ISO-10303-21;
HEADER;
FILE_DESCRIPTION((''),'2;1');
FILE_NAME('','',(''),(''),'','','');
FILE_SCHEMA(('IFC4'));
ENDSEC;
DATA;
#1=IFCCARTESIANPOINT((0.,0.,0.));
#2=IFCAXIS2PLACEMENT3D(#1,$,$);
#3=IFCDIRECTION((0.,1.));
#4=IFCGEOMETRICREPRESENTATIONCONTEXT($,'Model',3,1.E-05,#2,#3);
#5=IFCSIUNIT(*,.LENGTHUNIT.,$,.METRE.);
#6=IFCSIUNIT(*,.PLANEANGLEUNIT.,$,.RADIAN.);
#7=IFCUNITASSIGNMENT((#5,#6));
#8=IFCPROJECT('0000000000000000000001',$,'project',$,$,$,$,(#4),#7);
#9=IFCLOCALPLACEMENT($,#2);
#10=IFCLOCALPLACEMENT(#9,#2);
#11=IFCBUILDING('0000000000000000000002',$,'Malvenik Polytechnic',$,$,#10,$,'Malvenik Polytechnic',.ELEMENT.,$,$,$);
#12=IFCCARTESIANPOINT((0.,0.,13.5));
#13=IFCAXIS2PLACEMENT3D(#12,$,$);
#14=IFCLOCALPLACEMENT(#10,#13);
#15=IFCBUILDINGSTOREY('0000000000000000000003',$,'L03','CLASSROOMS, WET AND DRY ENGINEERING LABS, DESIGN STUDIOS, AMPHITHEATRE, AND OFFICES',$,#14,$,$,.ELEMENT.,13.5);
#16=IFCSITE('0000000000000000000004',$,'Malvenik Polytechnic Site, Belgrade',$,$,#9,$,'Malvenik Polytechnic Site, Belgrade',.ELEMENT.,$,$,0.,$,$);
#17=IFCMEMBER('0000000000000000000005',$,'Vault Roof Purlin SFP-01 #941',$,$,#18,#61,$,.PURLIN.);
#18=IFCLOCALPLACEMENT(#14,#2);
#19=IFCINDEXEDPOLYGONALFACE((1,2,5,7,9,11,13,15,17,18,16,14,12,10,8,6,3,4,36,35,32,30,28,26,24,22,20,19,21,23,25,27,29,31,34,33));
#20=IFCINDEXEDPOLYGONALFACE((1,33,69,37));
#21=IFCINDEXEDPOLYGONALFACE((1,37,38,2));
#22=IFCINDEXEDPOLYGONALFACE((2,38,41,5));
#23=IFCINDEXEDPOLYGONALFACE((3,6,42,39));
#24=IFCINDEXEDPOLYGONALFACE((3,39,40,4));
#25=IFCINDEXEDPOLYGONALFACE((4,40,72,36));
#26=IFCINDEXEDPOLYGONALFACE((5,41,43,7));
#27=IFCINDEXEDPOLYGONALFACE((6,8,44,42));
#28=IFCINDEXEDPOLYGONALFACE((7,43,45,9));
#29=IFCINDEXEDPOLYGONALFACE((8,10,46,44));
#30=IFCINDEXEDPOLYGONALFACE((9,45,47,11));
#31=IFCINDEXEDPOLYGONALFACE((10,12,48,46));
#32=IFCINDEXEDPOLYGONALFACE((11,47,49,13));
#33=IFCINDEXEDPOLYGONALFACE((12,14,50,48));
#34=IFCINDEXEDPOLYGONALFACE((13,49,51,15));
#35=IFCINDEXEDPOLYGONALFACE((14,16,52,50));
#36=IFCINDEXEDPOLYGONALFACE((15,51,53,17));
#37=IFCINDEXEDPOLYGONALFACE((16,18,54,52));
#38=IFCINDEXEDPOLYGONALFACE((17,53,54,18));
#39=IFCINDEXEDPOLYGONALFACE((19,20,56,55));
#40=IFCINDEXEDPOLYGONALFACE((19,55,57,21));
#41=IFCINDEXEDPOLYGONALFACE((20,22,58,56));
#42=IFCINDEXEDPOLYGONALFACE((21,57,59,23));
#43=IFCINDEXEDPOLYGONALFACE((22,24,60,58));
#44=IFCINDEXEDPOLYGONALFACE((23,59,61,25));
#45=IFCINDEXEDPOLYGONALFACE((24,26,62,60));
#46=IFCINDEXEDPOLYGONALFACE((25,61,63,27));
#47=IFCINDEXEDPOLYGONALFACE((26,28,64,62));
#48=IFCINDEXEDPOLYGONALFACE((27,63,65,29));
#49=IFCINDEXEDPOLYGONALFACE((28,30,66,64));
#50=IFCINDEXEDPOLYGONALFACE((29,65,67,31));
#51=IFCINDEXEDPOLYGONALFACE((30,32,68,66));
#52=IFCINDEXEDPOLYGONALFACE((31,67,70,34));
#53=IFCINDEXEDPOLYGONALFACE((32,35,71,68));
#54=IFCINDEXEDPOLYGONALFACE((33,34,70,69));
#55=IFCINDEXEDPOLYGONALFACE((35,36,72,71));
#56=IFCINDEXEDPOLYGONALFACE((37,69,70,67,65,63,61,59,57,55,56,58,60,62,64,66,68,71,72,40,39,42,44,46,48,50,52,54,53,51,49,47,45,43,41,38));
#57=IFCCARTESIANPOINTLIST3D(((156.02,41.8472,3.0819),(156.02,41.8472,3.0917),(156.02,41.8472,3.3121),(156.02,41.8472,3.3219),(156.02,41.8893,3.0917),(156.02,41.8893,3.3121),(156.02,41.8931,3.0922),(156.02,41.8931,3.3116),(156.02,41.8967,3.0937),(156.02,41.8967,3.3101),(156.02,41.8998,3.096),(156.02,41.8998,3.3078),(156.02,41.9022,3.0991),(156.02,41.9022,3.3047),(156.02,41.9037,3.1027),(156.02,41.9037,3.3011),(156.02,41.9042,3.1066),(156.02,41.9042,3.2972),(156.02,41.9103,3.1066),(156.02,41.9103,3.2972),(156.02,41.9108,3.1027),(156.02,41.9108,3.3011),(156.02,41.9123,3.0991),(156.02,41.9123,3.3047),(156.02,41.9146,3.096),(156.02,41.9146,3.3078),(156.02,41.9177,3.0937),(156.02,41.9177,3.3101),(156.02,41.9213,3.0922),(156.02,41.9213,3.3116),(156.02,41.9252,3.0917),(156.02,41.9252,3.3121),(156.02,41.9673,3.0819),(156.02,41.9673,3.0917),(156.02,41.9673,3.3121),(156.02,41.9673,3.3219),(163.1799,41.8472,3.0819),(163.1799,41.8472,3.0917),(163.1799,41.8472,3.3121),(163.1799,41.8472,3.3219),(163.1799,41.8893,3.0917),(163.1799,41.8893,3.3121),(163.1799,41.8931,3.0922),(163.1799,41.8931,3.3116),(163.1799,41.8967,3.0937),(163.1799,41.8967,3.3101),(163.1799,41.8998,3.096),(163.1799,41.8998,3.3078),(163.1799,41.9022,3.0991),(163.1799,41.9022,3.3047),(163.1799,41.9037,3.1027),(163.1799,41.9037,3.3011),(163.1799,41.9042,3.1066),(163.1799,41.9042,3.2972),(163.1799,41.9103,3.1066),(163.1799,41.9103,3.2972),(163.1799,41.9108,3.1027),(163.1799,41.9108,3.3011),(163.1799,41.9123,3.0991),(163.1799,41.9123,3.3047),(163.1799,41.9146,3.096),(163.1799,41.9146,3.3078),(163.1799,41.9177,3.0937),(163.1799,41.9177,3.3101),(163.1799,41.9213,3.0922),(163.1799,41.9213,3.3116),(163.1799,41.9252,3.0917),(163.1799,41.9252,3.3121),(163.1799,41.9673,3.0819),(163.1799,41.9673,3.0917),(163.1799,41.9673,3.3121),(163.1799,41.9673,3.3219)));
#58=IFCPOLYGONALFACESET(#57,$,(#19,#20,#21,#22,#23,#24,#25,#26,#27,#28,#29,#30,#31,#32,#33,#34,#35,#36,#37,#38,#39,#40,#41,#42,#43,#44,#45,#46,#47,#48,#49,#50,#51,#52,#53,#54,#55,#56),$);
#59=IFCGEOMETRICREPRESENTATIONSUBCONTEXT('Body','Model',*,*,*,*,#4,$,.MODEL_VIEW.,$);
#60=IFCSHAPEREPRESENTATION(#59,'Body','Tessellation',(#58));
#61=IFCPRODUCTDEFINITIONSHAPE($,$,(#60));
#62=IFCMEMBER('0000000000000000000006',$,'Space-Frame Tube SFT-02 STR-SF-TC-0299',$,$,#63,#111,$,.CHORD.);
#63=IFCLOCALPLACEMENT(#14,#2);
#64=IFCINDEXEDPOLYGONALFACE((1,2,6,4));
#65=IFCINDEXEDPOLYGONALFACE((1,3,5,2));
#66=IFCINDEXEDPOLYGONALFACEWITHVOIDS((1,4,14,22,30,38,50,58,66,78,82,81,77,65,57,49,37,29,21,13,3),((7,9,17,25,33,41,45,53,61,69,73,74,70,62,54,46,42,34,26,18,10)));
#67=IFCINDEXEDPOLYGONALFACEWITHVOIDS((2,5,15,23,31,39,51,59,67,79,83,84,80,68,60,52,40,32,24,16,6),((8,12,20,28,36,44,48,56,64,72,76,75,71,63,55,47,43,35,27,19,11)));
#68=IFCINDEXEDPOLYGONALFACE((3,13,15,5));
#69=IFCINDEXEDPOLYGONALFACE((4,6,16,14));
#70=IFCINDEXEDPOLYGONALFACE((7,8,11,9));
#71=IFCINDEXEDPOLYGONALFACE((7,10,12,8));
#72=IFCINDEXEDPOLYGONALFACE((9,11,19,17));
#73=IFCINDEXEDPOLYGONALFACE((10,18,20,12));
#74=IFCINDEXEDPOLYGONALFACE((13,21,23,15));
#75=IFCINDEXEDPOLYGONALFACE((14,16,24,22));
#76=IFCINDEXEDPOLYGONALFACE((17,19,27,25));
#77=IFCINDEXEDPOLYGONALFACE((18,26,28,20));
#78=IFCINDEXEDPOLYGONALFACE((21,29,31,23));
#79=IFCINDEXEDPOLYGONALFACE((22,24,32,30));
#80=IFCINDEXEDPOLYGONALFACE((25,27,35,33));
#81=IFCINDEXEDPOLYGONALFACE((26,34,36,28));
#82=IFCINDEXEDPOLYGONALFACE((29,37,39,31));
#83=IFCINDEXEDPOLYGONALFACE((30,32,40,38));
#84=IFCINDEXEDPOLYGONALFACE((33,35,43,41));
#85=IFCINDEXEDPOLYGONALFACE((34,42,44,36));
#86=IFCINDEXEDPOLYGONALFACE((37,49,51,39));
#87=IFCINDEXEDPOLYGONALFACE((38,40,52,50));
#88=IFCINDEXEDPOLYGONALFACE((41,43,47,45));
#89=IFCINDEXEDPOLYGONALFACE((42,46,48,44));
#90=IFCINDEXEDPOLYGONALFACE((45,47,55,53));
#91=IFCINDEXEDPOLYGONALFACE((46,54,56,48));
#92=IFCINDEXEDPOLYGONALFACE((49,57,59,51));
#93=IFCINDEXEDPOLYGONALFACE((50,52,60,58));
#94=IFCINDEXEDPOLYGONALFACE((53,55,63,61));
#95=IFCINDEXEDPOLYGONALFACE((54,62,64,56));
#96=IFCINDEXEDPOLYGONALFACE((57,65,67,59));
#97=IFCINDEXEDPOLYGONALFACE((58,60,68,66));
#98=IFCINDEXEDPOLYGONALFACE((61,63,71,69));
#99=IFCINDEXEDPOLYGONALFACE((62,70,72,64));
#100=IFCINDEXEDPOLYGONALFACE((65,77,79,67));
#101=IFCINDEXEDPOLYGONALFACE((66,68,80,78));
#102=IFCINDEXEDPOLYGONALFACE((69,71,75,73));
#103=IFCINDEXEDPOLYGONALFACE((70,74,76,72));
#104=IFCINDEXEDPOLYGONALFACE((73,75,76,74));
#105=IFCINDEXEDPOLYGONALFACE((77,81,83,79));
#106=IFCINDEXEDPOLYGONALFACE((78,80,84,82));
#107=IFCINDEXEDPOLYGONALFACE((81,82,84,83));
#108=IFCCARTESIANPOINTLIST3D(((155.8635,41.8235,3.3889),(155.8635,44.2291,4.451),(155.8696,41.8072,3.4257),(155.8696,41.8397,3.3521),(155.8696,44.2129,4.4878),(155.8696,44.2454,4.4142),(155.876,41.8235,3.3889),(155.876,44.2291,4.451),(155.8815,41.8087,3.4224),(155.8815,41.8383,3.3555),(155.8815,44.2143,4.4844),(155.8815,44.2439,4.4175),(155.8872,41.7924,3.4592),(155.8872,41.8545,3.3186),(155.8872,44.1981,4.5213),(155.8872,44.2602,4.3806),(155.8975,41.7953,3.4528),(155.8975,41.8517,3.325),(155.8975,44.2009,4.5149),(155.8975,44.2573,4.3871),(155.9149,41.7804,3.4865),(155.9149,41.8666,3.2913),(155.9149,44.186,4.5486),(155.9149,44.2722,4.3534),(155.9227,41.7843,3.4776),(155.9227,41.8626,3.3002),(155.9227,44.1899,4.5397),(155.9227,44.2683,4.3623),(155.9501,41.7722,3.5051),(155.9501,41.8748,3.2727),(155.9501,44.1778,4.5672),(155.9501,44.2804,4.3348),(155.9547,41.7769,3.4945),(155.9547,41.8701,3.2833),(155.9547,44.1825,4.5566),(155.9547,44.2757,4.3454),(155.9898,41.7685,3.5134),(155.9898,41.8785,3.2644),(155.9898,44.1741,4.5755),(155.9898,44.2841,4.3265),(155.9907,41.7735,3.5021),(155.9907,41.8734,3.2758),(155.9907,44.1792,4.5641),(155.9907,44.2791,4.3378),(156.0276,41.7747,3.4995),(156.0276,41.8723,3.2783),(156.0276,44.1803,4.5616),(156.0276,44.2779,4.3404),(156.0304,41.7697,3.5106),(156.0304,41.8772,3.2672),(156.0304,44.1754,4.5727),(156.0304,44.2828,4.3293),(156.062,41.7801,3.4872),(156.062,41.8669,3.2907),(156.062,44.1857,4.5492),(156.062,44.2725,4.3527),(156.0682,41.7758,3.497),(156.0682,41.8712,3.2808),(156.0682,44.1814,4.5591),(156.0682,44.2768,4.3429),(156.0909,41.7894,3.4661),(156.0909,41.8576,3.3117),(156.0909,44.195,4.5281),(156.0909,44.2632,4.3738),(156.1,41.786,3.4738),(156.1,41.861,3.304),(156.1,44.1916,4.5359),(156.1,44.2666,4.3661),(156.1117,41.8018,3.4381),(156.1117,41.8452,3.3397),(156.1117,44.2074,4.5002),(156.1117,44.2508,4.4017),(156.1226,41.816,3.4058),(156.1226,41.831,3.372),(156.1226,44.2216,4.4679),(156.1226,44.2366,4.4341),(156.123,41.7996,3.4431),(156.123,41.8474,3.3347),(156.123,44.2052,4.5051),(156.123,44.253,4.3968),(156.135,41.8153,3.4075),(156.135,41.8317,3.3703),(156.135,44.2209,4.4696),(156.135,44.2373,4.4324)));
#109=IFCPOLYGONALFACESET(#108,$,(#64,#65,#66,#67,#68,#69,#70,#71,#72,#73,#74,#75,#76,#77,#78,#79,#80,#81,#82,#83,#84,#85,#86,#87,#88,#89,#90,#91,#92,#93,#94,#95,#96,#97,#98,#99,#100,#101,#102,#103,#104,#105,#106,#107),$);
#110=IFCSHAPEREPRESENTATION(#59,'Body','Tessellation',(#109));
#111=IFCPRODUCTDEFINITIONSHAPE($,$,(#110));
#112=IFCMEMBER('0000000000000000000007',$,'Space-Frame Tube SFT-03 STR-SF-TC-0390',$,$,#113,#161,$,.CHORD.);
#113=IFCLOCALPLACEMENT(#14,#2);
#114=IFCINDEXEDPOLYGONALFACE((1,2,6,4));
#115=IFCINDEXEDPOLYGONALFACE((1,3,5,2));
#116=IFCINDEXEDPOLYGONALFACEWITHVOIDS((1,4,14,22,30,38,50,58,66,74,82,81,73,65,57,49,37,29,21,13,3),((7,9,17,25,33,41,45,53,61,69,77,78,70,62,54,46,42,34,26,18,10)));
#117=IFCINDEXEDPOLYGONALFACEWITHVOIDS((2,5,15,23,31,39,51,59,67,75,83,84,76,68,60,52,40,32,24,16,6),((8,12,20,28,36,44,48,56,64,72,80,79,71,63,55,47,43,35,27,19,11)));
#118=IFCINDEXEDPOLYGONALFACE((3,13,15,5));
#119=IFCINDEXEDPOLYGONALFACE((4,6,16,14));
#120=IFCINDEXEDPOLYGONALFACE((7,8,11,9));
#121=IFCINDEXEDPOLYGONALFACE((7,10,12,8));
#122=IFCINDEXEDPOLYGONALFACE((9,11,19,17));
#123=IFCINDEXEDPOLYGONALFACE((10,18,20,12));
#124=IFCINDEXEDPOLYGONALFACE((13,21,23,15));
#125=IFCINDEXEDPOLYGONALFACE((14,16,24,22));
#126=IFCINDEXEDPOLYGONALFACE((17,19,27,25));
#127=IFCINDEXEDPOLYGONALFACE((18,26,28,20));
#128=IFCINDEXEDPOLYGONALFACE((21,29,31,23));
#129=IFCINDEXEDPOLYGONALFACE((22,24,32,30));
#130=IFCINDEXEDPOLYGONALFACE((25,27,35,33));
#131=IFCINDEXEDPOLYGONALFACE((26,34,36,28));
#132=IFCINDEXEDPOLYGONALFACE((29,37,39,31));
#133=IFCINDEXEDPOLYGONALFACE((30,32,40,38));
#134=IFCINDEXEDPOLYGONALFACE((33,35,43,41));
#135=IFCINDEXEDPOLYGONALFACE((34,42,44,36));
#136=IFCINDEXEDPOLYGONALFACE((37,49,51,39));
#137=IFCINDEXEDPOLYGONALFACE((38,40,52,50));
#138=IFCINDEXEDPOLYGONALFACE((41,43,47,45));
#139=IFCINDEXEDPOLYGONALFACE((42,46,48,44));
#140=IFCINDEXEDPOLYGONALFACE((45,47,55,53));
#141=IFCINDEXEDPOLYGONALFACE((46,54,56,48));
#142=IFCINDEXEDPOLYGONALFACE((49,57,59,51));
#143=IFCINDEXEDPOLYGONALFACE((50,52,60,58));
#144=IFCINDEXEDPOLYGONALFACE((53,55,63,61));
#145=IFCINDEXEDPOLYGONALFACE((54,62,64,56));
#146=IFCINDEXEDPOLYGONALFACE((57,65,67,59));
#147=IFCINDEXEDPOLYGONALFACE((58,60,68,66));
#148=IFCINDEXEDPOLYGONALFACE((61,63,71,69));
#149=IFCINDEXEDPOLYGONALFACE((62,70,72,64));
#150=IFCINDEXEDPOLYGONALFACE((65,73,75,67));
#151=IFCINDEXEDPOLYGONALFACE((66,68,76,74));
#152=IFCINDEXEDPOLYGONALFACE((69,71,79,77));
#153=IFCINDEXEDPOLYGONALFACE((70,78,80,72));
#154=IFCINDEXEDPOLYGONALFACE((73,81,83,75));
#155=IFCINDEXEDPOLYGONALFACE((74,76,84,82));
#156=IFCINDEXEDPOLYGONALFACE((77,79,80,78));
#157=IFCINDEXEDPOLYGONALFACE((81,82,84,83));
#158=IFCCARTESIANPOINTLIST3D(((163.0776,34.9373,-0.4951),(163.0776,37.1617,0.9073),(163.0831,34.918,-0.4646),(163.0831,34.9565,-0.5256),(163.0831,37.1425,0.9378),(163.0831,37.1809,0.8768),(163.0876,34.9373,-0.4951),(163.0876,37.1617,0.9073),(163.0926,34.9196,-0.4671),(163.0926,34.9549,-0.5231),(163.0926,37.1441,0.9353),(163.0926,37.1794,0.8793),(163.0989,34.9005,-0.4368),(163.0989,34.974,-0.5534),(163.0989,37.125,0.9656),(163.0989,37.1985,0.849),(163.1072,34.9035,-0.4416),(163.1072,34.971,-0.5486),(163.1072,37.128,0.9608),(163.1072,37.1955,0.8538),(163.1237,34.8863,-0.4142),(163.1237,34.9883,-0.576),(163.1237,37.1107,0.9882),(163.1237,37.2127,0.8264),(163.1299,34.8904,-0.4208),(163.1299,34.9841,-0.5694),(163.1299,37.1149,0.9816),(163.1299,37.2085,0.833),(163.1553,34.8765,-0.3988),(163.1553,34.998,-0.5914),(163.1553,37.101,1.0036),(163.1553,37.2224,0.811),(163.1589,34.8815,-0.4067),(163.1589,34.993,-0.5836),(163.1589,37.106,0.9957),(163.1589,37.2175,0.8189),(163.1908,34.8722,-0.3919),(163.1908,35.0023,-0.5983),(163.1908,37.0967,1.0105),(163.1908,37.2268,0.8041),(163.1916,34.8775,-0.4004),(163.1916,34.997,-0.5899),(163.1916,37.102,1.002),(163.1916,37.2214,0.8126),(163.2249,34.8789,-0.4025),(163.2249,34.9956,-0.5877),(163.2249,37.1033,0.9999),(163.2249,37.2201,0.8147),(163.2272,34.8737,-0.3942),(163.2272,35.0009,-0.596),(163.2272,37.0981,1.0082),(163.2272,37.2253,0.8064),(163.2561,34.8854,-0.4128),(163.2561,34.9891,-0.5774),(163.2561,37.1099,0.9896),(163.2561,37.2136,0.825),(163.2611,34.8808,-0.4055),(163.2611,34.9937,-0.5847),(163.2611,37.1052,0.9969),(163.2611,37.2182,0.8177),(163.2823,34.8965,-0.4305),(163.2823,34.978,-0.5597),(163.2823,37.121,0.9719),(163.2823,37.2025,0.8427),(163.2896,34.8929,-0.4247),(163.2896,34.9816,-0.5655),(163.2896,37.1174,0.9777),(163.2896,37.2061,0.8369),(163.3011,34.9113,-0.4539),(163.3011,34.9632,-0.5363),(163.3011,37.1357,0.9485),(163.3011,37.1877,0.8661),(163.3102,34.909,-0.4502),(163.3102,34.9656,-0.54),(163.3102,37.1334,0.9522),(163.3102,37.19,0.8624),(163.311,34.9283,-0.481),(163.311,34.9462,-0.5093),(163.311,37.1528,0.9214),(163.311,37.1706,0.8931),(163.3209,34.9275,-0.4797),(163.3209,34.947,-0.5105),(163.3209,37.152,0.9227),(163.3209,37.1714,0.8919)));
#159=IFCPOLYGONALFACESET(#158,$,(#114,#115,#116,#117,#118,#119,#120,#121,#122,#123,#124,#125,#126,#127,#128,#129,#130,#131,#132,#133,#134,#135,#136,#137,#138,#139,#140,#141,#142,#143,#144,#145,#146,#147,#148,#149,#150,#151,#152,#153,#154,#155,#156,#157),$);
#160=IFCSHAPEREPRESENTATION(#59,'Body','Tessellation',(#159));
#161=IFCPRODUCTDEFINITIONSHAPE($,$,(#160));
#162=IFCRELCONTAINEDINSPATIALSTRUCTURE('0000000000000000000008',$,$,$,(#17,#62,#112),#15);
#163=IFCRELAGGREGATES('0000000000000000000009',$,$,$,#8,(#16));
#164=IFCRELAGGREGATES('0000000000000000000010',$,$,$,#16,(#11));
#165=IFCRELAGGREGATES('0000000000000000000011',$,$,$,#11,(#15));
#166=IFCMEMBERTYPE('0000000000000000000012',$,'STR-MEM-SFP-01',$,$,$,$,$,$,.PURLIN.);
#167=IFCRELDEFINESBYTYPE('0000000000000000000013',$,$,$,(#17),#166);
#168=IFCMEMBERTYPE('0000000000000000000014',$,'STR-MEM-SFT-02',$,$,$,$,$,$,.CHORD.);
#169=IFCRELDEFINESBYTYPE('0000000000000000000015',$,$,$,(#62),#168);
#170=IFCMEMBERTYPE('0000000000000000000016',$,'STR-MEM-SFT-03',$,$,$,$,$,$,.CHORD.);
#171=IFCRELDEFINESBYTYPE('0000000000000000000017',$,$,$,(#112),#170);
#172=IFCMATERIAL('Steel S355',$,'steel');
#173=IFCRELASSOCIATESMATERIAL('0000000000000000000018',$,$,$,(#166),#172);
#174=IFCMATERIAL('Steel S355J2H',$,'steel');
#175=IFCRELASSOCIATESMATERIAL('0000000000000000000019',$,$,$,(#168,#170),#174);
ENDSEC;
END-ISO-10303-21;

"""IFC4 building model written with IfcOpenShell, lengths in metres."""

from ifc_helpers import new_model, si_unit, direction, frame, origin, origin_2d, place, context, subcontext, project, spatial, hollow_circle, i_section, extrude, material, material_profile, profile_set, type_object, element, save


model = new_model("IFC4")

# Units and contexts
model_context = context("Model", 3, precision=1e-05, world=origin(), true_north=direction((0.0, 1.0)))
body_context = subcontext(model_context, "Body", "Model", "MODEL_VIEW")
ifc_project = project(units=[si_unit("LENGTHUNIT", "METRE"), si_unit("PLANEANGLEUNIT", "RADIAN")], contexts=[model_context])

# Site, building, storey
site_placement = place(None, origin())
site = spatial("IfcSite", under=ifc_project, at=site_placement, Name="Malvenik Polytechnic Site, Belgrade", LongName="Malvenik Polytechnic Site, Belgrade", CompositionType="ELEMENT", RefElevation=0.0)
building_placement = place(site_placement, origin())
building = spatial("IfcBuilding", under=site, at=building_placement, Name="Malvenik Polytechnic", LongName="Malvenik Polytechnic", CompositionType="ELEMENT")
storey_placement = place(building_placement, frame((0.0, 0.0, 13.5)))
storey = spatial("IfcBuildingStorey", under=building, at=storey_placement, Name="L03", Description="CLASSROOMS, WET AND DRY ENGINEERING LABS, DESIGN STUDIOS, AMPHITHEATRE, AND OFFICES", CompositionType="ELEMENT", Elevation=13.5)

# Members
ifc_material_1 = material(Name="Steel S355J2H", Category="steel")
ifc_material_2 = material(Name="Steel S355", Category="steel")
ifc_material_profile_1 = material_profile(ifc_material_2, i_section(OverallWidth=0.1201, OverallDepth=0.24, WebThickness=0.0061, FlangeThickness=0.0098, FilletRadius=0.0149, at=origin_2d()), Name="IPE 240")
ifc_profile_set_1 = profile_set([ifc_material_profile_1], Name="Steel S355")
member_type_1 = type_object("IfcMemberType", Name="STR-MEM-SFP-01", PredefinedType="PURLIN", material=ifc_profile_set_1)
member_1_placement = place(storey_placement, frame((156.02, 41.9072, 3.2019), z_axis=(1.0, 0.0, 0.0), x_axis=(0.0, 1.0, 0.0)))
element("IfcMember", 1, at=member_1_placement, inside=storey, type_object=member_type_1, Name="Vault Roof Purlin SFP-01 #941", PredefinedType="PURLIN", context=body_context, shape_type="SweptSolid", body=[
    extrude(i_section(OverallWidth=0.1201, OverallDepth=0.24, WebThickness=0.0061, FlangeThickness=0.0098, FilletRadius=0.0149, at=origin_2d()), origin(), (0.0, 0.0, 1.0), 7.1599),
])
ifc_material_profile_2 = material_profile(ifc_material_1, hollow_circle(Radius=0.1365, WallThickness=0.0125, at=origin_2d()), Name="CHS 273.0x12.5")
ifc_profile_set_2 = profile_set([ifc_material_profile_2], Name="Steel S355J2H")
member_type_2 = type_object("IfcMemberType", Name="STR-MEM-SFT-02", PredefinedType="CHORD", material=ifc_profile_set_2)
member_2_placement = place(storey_placement, frame((156.0, 41.8235, 3.3889), z_axis=(0.0, 0.914812, 0.40388), x_axis=(-1.0, 0.0, 0.0)))
element("IfcMember", 2, at=member_2_placement, inside=storey, type_object=member_type_2, Name="Space-Frame Tube SFT-02 STR-SF-TC-0299", PredefinedType="CHORD", context=body_context, shape_type="SweptSolid", body=[
    extrude(hollow_circle(Radius=0.1365, WallThickness=0.0125, at=origin_2d()), origin(), (0.0, 0.0, 1.0), 2.6296),
])
ifc_material_profile_3 = material_profile(ifc_material_1, hollow_circle(Radius=0.1223, WallThickness=0.01, at=origin_2d()), Name="CHS 244.5x10.0")
ifc_profile_set_3 = profile_set([ifc_material_profile_3], Name="Steel S355J2H")
member_type_3 = type_object("IfcMemberType", Name="STR-MEM-SFT-03", PredefinedType="CHORD", material=ifc_profile_set_3)
member_3_placement = place(storey_placement, frame((163.2, 34.9373, -0.4951), z_axis=(0.0, 0.845921, 0.533308), x_axis=(-1.0, 0.0, 0.0)))
element("IfcMember", 3, at=member_3_placement, inside=storey, type_object=member_type_3, Name="Space-Frame Tube SFT-03 STR-SF-TC-0390", PredefinedType="CHORD", context=body_context, shape_type="SweptSolid", body=[
    extrude(hollow_circle(Radius=0.1223, WallThickness=0.01, at=origin_2d()), origin(), (0.0, 0.0, 1.0), 2.6296),
])

save(model, "model.ifc")
